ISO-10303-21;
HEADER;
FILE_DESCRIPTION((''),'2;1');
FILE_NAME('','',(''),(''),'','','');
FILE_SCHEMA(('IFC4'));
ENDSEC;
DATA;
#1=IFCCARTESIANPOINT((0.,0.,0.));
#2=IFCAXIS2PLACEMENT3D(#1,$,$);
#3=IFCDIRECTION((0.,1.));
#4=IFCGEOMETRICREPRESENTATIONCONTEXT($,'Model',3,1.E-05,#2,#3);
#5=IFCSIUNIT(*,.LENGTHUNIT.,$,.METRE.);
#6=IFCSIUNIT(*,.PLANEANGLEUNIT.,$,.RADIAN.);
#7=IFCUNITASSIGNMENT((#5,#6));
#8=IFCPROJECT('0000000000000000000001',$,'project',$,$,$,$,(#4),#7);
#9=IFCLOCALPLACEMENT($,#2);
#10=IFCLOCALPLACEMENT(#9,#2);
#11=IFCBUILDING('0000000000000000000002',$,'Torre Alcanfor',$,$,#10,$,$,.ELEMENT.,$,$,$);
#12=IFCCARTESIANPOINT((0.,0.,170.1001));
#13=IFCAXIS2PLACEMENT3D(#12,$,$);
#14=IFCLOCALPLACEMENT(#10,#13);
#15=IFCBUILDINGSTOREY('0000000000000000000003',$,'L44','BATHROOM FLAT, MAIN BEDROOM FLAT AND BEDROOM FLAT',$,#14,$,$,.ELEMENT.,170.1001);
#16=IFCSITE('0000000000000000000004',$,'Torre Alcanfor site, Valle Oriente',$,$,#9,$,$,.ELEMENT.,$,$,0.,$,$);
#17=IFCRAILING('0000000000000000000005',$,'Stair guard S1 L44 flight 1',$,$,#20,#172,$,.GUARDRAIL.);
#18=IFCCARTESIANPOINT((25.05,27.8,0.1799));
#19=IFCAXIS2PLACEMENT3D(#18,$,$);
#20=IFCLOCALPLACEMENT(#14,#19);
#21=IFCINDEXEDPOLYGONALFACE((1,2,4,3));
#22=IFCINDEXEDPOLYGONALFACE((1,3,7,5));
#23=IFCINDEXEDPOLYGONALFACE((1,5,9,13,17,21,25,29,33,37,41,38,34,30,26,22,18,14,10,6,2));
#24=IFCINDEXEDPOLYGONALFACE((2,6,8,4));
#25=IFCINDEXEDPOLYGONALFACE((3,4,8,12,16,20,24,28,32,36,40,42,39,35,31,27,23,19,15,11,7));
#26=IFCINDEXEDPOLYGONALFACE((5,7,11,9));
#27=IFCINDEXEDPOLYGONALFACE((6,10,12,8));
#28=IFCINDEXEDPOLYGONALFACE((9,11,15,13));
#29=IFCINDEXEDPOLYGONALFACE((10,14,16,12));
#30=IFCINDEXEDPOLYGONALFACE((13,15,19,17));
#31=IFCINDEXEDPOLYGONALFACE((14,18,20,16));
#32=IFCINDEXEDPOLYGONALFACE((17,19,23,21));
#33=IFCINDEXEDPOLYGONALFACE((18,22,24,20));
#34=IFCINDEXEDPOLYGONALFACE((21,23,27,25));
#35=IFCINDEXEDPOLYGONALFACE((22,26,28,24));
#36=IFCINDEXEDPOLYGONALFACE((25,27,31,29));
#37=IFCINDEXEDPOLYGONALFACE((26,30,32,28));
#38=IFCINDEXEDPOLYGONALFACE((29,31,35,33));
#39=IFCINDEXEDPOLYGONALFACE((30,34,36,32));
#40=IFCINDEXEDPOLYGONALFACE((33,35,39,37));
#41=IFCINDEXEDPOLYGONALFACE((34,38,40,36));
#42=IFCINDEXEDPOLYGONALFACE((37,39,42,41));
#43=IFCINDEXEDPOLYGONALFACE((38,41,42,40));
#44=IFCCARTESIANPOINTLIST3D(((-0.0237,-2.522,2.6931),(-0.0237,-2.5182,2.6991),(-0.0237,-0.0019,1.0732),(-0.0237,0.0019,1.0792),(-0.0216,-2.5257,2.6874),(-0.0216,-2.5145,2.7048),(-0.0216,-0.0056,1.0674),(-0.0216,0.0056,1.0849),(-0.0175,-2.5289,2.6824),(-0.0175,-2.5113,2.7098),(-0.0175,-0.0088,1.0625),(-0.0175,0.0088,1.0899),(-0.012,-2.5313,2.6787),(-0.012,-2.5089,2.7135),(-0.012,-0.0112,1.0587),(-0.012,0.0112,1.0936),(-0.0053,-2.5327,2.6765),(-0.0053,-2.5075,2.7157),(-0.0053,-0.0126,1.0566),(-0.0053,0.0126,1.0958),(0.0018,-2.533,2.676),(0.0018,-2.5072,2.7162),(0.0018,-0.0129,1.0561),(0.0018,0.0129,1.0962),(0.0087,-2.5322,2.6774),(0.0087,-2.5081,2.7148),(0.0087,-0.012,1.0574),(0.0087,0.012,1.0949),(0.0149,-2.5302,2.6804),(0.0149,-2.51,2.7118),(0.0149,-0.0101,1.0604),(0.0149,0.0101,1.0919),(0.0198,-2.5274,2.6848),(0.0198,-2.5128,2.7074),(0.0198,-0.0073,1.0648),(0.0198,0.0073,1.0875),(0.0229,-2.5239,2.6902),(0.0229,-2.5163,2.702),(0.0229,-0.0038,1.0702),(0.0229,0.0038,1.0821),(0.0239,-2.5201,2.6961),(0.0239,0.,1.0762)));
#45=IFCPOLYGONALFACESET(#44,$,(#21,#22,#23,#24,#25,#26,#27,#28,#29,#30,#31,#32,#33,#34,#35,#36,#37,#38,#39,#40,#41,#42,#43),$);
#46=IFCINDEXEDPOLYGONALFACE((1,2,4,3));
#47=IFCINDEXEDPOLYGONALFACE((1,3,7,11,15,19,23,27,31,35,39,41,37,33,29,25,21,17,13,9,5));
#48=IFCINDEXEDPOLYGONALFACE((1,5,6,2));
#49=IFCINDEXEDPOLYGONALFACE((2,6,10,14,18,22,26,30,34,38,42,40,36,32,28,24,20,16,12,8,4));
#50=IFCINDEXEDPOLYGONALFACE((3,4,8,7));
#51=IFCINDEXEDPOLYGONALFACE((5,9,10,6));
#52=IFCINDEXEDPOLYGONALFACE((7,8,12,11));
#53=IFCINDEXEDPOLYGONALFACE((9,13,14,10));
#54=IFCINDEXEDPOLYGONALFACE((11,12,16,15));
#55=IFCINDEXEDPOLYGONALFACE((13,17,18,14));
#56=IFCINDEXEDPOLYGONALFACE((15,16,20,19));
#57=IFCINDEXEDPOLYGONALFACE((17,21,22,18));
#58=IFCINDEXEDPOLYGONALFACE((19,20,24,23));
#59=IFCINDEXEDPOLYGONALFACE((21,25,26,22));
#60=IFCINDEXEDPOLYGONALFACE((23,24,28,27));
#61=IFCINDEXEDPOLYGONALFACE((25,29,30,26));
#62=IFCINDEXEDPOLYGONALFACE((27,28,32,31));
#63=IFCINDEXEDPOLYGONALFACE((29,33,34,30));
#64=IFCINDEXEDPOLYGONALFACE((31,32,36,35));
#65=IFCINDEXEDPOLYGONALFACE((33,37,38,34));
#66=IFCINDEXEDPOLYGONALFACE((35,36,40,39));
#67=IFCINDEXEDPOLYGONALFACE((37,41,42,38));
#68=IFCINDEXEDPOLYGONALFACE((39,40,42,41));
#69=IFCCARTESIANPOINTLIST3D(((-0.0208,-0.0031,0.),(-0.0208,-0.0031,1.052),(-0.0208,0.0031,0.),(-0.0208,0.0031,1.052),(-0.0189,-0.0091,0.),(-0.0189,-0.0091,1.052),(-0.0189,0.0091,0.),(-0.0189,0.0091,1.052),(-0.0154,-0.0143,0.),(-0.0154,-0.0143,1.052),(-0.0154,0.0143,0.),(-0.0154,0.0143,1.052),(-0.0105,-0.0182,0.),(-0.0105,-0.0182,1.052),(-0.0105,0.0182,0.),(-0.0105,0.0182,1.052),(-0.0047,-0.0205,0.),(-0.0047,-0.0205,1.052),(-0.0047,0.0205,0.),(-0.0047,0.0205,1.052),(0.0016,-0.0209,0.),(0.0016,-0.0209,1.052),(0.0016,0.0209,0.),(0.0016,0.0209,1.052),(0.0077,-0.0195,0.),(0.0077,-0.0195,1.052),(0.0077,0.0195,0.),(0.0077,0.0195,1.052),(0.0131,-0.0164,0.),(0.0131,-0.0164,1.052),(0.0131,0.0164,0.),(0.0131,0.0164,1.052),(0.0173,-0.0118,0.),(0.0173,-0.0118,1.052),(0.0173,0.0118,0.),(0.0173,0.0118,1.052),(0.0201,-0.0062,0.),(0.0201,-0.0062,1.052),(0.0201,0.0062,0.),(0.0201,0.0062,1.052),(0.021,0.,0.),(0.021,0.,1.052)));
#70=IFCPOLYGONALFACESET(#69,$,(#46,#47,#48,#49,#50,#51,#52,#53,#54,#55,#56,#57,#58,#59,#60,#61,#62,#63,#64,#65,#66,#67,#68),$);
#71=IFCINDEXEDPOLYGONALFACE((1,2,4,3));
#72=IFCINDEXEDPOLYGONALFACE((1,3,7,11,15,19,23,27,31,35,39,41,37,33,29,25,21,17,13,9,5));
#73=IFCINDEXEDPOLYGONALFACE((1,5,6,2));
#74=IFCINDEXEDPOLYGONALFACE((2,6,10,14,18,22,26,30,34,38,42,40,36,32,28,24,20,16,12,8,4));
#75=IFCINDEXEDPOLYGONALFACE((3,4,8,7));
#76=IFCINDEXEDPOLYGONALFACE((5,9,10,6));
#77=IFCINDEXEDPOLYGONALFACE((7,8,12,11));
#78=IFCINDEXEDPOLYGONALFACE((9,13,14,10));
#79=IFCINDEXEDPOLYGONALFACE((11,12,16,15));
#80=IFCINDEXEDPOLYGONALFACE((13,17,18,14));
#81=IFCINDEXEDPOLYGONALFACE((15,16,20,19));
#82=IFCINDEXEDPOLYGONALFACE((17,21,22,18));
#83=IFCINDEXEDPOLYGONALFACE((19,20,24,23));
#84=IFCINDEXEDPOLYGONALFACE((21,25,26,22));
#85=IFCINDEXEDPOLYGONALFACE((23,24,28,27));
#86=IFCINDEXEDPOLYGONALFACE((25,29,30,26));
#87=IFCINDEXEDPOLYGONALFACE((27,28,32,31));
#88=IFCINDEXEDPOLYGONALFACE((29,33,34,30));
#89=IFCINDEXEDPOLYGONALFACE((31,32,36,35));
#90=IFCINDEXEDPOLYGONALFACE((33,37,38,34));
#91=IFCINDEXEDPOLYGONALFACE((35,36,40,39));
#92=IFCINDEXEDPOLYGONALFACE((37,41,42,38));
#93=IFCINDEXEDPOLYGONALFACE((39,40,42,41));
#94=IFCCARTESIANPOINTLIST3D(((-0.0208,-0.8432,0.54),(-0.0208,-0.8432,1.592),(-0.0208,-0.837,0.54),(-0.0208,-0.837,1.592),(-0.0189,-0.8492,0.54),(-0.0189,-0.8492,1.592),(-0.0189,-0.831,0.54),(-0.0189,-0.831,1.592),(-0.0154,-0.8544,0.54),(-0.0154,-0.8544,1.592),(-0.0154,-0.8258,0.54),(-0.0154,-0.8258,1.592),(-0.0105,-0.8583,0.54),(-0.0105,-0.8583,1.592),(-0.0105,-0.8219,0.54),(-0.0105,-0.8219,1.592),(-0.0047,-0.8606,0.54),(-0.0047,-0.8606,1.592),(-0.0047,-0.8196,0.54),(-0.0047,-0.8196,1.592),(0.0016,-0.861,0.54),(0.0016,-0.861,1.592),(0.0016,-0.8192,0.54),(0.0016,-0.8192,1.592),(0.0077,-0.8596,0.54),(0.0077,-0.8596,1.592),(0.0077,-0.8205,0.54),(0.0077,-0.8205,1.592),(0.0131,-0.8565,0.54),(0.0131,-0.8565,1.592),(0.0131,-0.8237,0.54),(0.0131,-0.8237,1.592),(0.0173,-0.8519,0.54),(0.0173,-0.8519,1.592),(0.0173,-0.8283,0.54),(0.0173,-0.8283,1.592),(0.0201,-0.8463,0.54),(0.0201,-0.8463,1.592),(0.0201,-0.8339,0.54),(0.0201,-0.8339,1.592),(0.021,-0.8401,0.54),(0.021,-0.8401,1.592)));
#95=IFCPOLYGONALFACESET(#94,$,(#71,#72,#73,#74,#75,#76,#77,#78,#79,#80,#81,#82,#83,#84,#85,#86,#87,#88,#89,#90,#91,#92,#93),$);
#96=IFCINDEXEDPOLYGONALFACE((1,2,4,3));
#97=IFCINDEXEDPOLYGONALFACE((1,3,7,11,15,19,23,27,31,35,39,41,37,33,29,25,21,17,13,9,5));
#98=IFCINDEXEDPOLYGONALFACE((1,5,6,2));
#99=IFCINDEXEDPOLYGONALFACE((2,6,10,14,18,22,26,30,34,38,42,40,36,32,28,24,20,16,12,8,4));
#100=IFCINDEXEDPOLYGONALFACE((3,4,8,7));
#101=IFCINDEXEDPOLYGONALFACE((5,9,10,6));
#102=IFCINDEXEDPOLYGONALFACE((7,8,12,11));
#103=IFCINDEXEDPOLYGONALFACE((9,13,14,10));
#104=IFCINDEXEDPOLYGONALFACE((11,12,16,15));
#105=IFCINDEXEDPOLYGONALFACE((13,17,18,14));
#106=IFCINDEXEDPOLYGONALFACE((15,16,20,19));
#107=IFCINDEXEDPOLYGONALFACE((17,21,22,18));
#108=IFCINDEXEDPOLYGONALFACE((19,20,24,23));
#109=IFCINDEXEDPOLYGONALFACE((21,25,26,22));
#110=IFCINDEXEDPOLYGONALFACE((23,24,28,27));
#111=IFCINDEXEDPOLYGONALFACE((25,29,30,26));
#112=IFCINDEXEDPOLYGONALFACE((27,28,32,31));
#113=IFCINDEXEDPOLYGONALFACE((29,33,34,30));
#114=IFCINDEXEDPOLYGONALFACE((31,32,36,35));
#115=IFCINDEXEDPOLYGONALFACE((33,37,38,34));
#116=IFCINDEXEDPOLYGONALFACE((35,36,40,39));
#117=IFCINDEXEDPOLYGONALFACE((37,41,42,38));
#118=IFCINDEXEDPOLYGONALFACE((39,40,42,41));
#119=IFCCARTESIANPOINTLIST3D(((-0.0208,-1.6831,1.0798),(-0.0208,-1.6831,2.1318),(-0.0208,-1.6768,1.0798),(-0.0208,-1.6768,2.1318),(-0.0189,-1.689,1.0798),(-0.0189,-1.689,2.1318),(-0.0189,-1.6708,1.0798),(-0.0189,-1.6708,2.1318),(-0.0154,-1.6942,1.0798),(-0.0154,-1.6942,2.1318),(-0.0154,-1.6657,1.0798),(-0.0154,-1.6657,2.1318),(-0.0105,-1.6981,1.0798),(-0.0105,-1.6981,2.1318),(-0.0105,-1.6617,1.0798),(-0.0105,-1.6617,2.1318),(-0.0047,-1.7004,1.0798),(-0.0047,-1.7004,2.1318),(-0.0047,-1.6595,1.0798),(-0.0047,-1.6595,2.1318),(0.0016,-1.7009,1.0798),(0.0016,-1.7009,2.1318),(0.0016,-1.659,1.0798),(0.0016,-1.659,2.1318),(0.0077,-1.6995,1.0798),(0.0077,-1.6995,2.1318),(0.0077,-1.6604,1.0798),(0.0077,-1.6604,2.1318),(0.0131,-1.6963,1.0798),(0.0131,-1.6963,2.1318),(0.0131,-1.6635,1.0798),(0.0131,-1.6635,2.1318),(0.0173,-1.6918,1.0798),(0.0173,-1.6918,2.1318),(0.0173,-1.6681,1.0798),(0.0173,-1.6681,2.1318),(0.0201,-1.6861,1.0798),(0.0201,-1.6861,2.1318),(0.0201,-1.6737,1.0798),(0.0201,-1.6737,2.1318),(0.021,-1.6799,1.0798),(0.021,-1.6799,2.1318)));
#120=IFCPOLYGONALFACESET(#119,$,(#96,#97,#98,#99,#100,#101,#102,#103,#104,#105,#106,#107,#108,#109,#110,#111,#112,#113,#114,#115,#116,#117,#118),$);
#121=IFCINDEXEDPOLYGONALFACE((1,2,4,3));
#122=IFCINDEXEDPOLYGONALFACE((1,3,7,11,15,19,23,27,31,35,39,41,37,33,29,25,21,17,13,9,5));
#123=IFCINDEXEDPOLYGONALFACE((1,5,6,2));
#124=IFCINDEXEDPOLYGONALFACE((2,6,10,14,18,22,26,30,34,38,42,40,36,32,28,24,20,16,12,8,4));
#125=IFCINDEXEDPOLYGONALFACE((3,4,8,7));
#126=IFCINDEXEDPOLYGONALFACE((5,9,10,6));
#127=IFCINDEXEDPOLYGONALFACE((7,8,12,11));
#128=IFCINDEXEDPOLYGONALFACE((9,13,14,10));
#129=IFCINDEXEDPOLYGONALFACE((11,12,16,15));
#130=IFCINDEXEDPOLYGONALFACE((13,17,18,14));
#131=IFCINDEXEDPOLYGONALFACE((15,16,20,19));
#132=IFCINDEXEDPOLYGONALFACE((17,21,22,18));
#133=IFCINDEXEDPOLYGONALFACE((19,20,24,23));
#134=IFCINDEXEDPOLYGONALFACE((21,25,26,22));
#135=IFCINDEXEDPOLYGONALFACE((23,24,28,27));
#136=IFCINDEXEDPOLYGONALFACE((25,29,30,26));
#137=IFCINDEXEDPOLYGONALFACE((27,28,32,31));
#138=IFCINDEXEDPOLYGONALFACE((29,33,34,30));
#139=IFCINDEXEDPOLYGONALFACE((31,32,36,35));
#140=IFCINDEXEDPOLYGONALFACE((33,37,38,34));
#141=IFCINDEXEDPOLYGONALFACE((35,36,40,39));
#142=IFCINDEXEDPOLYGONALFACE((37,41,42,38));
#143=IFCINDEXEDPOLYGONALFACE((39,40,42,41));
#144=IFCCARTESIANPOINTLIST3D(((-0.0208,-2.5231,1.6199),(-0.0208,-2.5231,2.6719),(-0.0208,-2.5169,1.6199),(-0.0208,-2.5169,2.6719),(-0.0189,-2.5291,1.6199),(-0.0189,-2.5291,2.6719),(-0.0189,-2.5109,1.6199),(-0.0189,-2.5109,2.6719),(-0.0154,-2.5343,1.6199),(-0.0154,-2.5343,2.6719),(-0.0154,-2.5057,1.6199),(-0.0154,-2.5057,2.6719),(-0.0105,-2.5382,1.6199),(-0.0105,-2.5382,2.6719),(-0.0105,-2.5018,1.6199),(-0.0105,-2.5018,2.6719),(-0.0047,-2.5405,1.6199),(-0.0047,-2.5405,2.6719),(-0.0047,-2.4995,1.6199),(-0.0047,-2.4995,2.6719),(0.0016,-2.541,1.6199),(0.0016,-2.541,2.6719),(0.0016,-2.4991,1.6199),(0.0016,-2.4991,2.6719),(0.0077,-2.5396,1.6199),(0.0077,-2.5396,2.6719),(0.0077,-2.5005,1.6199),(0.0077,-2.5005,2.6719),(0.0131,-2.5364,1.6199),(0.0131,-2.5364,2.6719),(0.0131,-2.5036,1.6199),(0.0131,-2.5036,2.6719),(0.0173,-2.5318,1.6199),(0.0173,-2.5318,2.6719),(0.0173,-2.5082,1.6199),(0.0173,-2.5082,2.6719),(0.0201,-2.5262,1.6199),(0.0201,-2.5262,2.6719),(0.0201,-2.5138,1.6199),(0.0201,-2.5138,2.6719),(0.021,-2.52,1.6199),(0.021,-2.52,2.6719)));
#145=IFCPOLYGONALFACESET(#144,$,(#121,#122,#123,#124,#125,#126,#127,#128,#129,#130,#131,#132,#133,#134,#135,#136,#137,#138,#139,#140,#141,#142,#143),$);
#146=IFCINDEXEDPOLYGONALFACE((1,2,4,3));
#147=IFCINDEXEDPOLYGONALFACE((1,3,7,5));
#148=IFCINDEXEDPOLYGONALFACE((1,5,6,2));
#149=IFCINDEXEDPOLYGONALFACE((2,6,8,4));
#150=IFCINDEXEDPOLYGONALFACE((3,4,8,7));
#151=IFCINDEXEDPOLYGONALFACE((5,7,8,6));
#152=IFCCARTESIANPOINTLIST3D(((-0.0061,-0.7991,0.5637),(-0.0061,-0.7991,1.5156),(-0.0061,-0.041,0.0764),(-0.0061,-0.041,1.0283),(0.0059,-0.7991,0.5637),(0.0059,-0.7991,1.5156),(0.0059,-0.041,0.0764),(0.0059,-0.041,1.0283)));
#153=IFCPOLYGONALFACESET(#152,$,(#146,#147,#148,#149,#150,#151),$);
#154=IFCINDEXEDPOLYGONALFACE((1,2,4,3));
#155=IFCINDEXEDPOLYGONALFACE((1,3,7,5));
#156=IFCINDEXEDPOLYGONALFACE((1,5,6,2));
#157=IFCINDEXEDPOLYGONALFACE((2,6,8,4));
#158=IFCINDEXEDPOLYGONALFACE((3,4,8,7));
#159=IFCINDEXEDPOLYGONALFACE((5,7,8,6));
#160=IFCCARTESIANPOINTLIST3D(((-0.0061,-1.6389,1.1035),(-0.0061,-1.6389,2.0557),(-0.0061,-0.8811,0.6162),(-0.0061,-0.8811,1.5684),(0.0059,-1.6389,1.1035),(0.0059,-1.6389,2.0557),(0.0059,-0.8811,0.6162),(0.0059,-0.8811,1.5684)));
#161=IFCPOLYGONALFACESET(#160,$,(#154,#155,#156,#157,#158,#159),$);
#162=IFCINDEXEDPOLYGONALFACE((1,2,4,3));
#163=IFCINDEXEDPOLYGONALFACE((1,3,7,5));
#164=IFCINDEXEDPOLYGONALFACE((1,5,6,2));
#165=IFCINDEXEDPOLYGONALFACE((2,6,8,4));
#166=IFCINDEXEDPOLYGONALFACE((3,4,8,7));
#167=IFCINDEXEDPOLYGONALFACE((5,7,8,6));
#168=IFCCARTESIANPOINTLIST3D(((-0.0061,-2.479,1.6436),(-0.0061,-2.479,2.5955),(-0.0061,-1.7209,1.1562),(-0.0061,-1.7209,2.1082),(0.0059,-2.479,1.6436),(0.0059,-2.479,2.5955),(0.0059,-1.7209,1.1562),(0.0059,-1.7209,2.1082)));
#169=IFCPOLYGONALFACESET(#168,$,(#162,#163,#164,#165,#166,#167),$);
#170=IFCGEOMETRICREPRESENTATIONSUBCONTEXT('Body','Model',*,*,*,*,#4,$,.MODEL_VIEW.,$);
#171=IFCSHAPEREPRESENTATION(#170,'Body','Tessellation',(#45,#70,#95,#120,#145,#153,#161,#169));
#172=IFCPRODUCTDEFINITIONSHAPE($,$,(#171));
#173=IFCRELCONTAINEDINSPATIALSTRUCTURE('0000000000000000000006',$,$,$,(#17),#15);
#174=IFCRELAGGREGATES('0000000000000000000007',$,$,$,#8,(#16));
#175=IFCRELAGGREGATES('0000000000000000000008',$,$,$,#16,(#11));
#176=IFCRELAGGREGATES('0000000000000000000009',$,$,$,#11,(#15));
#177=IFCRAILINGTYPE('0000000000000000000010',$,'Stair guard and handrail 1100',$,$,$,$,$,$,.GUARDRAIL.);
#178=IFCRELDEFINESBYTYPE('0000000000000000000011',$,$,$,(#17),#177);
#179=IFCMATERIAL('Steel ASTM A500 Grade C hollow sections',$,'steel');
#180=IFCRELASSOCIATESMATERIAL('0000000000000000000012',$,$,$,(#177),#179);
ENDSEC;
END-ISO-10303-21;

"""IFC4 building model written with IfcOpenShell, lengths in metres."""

from ifc_helpers import new_model, si_unit, direction, frame, origin, origin_2d, place, context, subcontext, project, spatial, polyline, circle, outline, extrude, material, type_object, element, save


model = new_model("IFC4")

# Units and contexts
model_context = context("Model", 3, precision=1e-05, world=origin(), true_north=direction((0.0, 1.0)))
body_context = subcontext(model_context, "Body", "Model", "MODEL_VIEW")
ifc_project = project(units=[si_unit("LENGTHUNIT", "METRE"), si_unit("PLANEANGLEUNIT", "RADIAN")], contexts=[model_context])

# Site, building, storey
site_placement = place(None, origin())
site = spatial("IfcSite", under=ifc_project, at=site_placement, Name="Torre Alcanfor site, Valle Oriente", CompositionType="ELEMENT", RefElevation=0.0)
building_placement = place(site_placement, origin())
building = spatial("IfcBuilding", under=site, at=building_placement, Name="Torre Alcanfor", CompositionType="ELEMENT")
storey_placement = place(building_placement, frame((0.0, 0.0, 170.1001)))
storey = spatial("IfcBuildingStorey", under=building, at=storey_placement, Name="L44", Description="BATHROOM FLAT, MAIN BEDROOM FLAT AND BEDROOM FLAT", CompositionType="ELEMENT", Elevation=170.1001)

# Railing
ifc_material_1 = material(Name="Steel ASTM A500 Grade C hollow sections", Category="steel")
railing_type_1 = type_object("IfcRailingType", Name="Stair guard and handrail 1100", PredefinedType="GUARDRAIL", material=ifc_material_1)
railing_1_placement = place(storey_placement, frame((25.05, 27.8, 0.1799)))
element("IfcRailing", 1, at=railing_1_placement, inside=storey, type_object=railing_type_1, Name="Stair guard S1 L44 flight 1", PredefinedType="GUARDRAIL", context=body_context, shape_type="SweptSolid", body=[
    extrude(circle(Radius=0.0239, at=origin_2d()), frame((0.0, 0.0, 1.0762), z_axis=(0.0, -0.8412, 0.540725), x_axis=(1.0, 0.0, 0.0)), (0.0, 0.0, 1.0), 2.9958),
    extrude(circle(Radius=0.021, at=origin_2d()), origin(), (0.0, 0.0, 1.0), 1.052),
    extrude(circle(Radius=0.021, at=origin_2d()), frame((0.0, -0.8401, 0.54)), (0.0, 0.0, 1.0), 1.052),
    extrude(circle(Radius=0.021, at=origin_2d()), frame((0.0, -1.6799, 1.0798)), (0.0, 0.0, 1.0), 1.052),
    extrude(circle(Radius=0.021, at=origin_2d()), frame((0.0, -2.52, 1.6199)), (0.0, 0.0, 1.0), 1.052),
    extrude(outline(polyline([(0.041, 0.0764), (0.7991, 0.5637), (0.7991, 1.5156), (0.041, 1.0283), (0.041, 0.0764)])), frame((0.0059, 0.0, 0.0), z_axis=(-1.0, 0.0, 0.0), x_axis=(0.0, -1.0, 0.0)), (0.0, 0.0, 1.0), 0.012),
    extrude(outline(polyline([(0.8811, 0.6162), (1.6389, 1.1035), (1.6389, 2.0557), (0.8811, 1.5684), (0.8811, 0.6162)])), frame((0.0059, 0.0, 0.0), z_axis=(-1.0, 0.0, 0.0), x_axis=(0.0, -1.0, 0.0)), (0.0, 0.0, 1.0), 0.012),
    extrude(outline(polyline([(1.7209, 1.1562), (2.479, 1.6436), (2.479, 2.5955), (1.7209, 2.1082), (1.7209, 1.1562)])), frame((0.0059, 0.0, 0.0), z_axis=(-1.0, 0.0, 0.0), x_axis=(0.0, -1.0, 0.0)), (0.0, 0.0, 1.0), 0.012),
])

save(model, "model.ifc")
